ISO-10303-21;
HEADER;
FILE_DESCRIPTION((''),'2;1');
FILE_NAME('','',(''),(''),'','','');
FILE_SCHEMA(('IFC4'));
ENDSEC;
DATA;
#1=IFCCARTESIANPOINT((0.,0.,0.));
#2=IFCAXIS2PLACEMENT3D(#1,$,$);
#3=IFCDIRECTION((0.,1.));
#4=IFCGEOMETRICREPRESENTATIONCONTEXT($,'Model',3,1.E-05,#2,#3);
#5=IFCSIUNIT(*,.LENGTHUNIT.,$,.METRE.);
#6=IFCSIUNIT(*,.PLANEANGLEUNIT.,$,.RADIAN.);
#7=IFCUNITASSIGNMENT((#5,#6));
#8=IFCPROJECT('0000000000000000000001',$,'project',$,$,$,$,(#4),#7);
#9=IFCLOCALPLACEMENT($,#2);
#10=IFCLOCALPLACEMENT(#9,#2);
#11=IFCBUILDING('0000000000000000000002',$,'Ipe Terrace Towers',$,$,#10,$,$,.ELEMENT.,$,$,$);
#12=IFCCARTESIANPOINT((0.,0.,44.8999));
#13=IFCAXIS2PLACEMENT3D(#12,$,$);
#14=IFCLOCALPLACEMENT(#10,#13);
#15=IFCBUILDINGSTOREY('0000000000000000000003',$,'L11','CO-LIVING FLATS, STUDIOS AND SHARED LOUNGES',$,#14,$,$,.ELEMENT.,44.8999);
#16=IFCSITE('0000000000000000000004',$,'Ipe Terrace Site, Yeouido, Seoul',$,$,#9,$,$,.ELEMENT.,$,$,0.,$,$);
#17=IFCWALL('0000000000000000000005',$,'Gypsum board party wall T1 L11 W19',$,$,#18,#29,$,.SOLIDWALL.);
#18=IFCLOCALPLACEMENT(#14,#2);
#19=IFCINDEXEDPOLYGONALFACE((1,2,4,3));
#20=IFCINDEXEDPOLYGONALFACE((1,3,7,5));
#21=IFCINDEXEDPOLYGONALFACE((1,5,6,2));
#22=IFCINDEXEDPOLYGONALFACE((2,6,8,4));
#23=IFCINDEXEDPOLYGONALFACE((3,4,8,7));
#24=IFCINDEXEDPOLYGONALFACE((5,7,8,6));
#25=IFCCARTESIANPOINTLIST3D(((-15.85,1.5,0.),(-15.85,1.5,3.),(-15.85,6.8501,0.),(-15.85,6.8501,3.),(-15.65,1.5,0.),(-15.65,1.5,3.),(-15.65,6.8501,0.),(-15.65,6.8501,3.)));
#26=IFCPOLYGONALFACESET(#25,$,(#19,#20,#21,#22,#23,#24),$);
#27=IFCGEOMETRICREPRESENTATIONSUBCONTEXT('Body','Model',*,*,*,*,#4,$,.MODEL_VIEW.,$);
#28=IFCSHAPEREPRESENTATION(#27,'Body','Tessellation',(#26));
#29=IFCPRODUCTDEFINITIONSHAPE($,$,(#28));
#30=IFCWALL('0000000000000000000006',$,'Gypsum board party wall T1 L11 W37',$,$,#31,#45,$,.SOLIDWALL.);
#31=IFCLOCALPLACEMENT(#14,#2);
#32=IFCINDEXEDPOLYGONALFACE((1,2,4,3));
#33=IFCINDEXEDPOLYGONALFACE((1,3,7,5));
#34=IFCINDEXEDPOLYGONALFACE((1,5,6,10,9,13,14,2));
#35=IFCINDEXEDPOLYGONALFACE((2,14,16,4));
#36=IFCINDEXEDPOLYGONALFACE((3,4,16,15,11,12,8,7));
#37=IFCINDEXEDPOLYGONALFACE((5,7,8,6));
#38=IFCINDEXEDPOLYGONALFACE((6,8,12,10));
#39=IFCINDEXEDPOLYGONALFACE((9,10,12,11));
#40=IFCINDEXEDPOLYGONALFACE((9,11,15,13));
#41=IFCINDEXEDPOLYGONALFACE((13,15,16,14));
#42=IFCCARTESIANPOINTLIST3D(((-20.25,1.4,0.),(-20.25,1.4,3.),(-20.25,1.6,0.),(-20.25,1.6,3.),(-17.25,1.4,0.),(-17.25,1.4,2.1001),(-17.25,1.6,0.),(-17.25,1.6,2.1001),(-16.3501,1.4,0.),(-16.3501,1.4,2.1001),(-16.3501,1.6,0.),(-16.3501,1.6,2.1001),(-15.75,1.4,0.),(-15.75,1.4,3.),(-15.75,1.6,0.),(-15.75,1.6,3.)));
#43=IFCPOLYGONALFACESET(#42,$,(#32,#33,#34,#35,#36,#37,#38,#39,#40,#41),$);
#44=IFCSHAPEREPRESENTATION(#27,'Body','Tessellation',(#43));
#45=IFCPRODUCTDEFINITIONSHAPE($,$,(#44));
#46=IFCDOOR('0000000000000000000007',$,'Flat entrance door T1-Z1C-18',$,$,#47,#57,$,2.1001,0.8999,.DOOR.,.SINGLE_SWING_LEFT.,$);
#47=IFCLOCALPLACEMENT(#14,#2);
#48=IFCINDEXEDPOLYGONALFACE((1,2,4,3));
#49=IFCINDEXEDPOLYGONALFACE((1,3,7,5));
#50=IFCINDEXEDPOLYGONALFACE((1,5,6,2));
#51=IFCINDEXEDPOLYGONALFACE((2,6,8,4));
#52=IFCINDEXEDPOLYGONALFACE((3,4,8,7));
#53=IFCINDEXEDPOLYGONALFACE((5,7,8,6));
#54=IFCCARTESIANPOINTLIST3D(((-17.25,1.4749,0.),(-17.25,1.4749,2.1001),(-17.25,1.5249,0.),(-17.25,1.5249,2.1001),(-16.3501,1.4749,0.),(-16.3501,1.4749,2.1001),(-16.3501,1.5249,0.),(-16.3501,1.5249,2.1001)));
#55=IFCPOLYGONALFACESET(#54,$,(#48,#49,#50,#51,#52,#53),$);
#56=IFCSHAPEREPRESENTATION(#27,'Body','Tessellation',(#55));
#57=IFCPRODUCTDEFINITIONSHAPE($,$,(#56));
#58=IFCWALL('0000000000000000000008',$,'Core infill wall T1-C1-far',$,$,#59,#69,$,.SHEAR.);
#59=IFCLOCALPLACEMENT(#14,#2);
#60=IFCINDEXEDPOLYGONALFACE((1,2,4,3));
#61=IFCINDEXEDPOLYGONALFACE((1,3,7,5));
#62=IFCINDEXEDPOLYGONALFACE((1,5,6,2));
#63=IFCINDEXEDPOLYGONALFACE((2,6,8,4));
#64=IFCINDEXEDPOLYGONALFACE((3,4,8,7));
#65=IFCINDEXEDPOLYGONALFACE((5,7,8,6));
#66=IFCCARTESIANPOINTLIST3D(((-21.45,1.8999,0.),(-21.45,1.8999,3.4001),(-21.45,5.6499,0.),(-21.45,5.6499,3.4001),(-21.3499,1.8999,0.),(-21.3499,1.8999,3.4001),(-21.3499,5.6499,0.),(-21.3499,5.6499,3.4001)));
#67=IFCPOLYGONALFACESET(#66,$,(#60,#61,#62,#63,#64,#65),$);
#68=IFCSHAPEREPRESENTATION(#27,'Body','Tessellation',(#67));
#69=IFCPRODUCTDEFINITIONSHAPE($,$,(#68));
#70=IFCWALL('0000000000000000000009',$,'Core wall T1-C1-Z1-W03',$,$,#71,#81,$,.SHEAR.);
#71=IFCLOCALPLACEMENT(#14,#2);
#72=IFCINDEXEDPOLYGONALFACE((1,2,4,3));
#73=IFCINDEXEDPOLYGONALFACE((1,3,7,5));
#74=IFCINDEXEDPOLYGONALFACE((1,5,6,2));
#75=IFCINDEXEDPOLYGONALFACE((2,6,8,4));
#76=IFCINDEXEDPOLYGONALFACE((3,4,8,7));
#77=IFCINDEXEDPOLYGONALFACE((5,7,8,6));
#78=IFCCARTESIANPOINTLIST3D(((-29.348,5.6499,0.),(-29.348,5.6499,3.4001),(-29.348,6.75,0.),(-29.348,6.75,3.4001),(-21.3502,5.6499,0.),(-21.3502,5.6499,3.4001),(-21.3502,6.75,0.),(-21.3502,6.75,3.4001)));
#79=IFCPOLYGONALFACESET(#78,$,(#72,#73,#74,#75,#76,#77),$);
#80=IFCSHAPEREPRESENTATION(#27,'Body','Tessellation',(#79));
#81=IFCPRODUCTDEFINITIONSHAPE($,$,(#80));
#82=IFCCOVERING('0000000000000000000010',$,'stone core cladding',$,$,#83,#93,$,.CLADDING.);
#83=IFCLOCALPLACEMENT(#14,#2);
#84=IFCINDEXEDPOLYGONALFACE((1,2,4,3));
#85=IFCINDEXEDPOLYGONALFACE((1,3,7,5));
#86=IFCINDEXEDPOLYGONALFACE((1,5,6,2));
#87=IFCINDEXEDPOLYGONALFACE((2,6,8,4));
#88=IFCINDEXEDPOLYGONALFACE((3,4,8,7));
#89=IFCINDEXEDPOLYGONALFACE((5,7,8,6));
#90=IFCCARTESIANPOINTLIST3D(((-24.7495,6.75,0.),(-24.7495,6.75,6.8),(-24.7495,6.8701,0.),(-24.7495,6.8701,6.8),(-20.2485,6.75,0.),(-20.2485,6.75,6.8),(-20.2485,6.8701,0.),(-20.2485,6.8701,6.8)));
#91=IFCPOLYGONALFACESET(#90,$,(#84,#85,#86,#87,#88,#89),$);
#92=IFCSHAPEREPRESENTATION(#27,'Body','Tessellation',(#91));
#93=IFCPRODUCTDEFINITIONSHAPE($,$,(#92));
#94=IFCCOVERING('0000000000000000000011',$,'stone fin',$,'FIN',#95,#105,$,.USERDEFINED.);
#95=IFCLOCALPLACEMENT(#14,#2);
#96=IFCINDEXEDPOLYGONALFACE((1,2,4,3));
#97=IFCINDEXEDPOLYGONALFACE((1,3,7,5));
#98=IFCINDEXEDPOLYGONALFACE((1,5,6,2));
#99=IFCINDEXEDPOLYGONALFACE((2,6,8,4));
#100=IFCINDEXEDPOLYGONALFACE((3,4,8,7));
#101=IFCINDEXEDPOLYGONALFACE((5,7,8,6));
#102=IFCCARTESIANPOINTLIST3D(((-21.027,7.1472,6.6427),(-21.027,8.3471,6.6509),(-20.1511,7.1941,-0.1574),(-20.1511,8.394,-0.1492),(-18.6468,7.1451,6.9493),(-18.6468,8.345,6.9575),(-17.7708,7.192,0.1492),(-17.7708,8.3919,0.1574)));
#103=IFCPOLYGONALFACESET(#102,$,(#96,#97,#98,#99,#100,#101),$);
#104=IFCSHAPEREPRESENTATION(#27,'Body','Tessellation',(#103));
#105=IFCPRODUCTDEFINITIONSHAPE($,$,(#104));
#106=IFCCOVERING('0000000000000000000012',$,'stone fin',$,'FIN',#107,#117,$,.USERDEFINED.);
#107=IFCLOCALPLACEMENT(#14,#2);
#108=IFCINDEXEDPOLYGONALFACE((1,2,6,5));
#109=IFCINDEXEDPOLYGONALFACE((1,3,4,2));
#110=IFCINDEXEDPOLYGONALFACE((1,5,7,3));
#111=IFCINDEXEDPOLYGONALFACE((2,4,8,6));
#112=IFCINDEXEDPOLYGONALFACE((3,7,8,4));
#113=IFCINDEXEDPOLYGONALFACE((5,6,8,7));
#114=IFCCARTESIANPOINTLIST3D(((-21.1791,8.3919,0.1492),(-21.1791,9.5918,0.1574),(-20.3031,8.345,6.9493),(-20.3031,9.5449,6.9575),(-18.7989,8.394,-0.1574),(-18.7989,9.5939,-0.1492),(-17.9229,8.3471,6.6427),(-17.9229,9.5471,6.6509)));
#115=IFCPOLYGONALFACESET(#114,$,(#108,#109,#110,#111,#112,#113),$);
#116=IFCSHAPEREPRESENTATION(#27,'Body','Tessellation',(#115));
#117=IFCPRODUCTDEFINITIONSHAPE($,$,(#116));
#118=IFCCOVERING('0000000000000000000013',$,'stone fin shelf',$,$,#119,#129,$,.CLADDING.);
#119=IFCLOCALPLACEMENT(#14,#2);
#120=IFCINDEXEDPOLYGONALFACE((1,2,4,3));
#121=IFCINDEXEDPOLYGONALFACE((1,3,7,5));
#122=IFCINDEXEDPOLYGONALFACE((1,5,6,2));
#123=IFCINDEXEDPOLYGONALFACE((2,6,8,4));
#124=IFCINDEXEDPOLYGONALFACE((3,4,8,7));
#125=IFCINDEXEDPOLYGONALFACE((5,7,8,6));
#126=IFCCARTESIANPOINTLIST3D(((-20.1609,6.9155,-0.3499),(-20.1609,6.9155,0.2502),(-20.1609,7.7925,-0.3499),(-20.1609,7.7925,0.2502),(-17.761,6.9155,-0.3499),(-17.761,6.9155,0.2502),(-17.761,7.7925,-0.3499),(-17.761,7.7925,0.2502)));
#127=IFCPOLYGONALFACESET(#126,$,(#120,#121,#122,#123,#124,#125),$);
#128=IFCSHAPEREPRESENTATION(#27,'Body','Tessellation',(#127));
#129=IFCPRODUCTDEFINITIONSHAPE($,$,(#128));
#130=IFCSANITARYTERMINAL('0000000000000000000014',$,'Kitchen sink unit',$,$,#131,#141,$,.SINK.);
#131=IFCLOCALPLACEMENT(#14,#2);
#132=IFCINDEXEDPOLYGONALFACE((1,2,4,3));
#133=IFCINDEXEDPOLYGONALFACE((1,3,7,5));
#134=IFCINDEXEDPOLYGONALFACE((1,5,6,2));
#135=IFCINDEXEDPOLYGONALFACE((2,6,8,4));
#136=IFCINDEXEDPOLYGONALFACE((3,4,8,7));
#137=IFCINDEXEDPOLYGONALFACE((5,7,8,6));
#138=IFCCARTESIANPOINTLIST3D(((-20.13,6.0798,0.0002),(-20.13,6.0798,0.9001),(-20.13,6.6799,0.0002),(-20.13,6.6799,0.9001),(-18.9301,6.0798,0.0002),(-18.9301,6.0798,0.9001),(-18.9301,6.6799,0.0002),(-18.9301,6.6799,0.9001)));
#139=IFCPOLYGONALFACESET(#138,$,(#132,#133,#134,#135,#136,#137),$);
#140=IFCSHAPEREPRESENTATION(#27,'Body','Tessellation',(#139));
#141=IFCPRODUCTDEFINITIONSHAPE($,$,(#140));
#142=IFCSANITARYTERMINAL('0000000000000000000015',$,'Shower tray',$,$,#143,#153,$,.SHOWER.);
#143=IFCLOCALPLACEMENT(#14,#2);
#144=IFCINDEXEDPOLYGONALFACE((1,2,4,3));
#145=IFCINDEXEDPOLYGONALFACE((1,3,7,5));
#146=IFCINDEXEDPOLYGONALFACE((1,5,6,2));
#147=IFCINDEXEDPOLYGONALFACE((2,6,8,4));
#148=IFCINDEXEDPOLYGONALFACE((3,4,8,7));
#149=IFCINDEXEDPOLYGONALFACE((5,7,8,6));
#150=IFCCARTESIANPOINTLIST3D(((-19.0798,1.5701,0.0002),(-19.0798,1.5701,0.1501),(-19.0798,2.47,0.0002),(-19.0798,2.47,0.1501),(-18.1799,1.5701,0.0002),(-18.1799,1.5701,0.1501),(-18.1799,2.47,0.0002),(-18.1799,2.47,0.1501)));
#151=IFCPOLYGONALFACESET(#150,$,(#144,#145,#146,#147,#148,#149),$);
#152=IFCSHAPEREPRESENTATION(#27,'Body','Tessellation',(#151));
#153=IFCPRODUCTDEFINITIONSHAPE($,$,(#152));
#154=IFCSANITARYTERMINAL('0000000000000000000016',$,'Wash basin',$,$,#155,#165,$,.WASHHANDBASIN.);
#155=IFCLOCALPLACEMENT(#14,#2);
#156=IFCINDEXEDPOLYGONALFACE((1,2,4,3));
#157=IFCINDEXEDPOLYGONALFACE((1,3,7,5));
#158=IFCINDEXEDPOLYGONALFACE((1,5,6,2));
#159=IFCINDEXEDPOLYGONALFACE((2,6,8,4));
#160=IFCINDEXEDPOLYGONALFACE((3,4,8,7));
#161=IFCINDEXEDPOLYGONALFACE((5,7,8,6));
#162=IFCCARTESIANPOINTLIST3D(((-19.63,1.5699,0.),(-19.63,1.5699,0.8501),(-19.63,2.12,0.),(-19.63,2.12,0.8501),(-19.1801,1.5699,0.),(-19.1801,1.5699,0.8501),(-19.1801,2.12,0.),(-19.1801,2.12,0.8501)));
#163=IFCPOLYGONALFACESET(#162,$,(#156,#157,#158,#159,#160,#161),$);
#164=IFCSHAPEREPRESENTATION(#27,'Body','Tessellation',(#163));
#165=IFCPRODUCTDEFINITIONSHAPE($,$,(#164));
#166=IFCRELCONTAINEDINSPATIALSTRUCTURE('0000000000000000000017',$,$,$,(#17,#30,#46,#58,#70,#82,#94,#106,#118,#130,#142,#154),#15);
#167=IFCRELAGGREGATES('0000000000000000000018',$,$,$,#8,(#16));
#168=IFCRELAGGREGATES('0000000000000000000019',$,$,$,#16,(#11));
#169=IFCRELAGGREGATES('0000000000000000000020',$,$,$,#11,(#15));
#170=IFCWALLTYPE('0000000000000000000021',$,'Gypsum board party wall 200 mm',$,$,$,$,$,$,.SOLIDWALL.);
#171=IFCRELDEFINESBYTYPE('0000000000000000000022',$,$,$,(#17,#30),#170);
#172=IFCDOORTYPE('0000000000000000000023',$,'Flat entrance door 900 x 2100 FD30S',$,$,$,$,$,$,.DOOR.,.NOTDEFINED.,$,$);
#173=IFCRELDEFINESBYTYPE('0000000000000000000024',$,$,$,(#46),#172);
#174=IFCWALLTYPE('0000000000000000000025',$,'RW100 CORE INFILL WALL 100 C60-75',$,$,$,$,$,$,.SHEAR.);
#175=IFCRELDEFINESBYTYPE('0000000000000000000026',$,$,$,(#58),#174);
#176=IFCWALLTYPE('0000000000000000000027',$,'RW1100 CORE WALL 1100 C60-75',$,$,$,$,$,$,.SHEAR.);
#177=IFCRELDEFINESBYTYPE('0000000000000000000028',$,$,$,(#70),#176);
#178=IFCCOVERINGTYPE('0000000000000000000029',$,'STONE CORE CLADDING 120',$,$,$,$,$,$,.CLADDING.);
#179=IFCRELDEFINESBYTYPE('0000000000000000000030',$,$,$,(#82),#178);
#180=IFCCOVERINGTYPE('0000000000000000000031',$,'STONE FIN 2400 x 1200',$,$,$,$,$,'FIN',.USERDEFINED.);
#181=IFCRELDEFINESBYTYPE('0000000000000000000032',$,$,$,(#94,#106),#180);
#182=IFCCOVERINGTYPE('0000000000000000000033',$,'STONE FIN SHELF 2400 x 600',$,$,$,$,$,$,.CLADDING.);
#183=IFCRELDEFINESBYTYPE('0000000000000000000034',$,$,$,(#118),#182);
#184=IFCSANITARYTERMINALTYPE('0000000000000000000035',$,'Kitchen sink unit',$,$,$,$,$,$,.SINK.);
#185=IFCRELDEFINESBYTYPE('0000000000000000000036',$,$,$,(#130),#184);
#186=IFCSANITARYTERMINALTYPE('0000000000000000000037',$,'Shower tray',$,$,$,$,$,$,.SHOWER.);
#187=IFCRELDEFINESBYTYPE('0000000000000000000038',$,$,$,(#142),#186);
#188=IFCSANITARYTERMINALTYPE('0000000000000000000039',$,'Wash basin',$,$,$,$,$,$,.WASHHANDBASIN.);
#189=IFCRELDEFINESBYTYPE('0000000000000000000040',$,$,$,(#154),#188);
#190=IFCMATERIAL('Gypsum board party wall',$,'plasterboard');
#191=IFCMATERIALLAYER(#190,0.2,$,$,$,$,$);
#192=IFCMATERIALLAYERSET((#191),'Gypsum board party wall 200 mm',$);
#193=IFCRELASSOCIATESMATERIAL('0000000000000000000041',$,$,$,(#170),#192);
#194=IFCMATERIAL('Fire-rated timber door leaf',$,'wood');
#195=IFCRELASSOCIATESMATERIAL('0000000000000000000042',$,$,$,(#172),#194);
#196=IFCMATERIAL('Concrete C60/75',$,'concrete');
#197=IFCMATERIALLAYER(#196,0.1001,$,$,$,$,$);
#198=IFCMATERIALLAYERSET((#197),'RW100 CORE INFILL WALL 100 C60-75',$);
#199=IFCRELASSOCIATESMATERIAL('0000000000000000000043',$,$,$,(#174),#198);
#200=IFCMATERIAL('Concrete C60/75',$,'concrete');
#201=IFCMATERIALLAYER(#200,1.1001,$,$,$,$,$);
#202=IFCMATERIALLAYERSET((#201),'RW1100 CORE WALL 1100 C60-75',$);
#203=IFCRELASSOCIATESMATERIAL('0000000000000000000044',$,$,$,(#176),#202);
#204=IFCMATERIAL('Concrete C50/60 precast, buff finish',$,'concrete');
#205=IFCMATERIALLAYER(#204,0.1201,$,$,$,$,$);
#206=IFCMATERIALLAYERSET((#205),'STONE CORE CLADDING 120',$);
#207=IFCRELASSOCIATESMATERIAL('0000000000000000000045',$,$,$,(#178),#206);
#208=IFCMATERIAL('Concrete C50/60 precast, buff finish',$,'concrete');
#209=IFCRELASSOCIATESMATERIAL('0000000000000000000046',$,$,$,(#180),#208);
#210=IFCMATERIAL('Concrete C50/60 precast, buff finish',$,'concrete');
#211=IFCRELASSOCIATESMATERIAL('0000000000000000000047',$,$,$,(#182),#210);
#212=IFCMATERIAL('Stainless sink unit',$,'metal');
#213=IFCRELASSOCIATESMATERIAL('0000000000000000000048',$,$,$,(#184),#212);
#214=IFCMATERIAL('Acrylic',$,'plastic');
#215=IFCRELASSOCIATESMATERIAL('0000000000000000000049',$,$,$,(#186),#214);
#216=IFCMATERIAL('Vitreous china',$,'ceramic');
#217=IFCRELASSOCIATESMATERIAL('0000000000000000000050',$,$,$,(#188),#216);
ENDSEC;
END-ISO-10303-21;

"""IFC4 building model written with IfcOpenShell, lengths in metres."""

from ifc_helpers import new_model, si_unit, direction, frame, frame_2d, origin, origin_2d, place, context, subcontext, project, spatial, rectangle, extrude, material, layer, layer_set, material_profile, profile_set, type_object, element, fill, save


model = new_model("IFC4")

# Units and contexts
model_context = context("Model", 3, precision=1e-05, world=origin(), true_north=direction((0.0, 1.0)))
body_context = subcontext(model_context, "Body", "Model", "MODEL_VIEW")
ifc_project = project(units=[si_unit("LENGTHUNIT", "METRE"), si_unit("PLANEANGLEUNIT", "RADIAN")], contexts=[model_context])

# Site, building, storey
site_placement = place(None, origin())
site = spatial("IfcSite", under=ifc_project, at=site_placement, Name="Ipe Terrace Site, Yeouido, Seoul", CompositionType="ELEMENT", RefElevation=0.0)
building_placement = place(site_placement, origin())
building = spatial("IfcBuilding", under=site, at=building_placement, Name="Ipe Terrace Towers", CompositionType="ELEMENT")
storey_placement = place(building_placement, frame((0.0, 0.0, 44.8999)))
storey = spatial("IfcBuildingStorey", under=building, at=storey_placement, Name="L11", Description="CO-LIVING FLATS, STUDIOS AND SHARED LOUNGES", CompositionType="ELEMENT", Elevation=44.8999)

# Wall
ifc_material_1 = material(Name="Gypsum board party wall", Category="plasterboard")
ifc_layer_1 = layer(ifc_material_1, 0.2)
ifc_layer_set_1 = layer_set([ifc_layer_1], Name="Gypsum board party wall 200 mm")
wall_type_1 = type_object("IfcWallType", Name="Gypsum board party wall 200 mm", PredefinedType="SOLIDWALL", material=ifc_layer_set_1)
wall_1_placement = place(storey_placement, frame((-15.75, 1.5, 0.0), z_axis=(0.0, 0.0, 1.0), x_axis=(0.0, 1.0, 0.0)))
element("IfcWall", 1, at=wall_1_placement, inside=storey, type_object=wall_type_1, Name="Gypsum board party wall T1 L11 W19", PredefinedType="SOLIDWALL", context=body_context, shape_type="SweptSolid", body=[
    extrude(rectangle(XDim=5.3501, YDim=0.2, at=frame_2d((2.675, 0.0))), origin(), (0.0, 0.0, 1.0), 3.0),
])

# Wall, opening, door
wall_2_placement = place(storey_placement, frame((-20.25, 1.5, 0.0), z_axis=(0.0, 0.0, 1.0), x_axis=(1.0, 0.0, 0.0)))
wall_2 = element("IfcWall", 2, at=wall_2_placement, inside=storey, type_object=wall_type_1, Name="Gypsum board party wall T1 L11 W37", PredefinedType="SOLIDWALL", context=body_context, shape_type="SweptSolid", body=[
    extrude(rectangle(XDim=4.5, YDim=0.2, at=frame_2d((2.25, 0.0))), origin(), (0.0, 0.0, 1.0), 3.0),
])
opening_1_placement = place(wall_2_placement, frame((3.0, 0.0, 0.0)))
opening_1 = element("IfcOpeningElement", 3, at=opening_1_placement, cuts=wall_2, PredefinedType="OPENING", context=body_context, shape_type="SweptSolid", body=[
    extrude(rectangle(XDim=0.8999, YDim=2.1001, at=frame_2d((0.45, 1.05))), frame((0.0, 0.1099, 0.0), z_axis=(0.0, -1.0, 0.0), x_axis=(1.0, 0.0, 0.0)), (0.0, 0.0, 1.0), 0.22),
])
ifc_material_2 = material(Name="Fire-rated timber door leaf", Category="wood")
door_type_1 = type_object("IfcDoorType", Name="Flat entrance door 900 x 2100 FD30S", OperationType="NOTDEFINED", PredefinedType="DOOR", material=ifc_material_2)
door_1_placement = place(opening_1_placement, origin())
door_1 = element("IfcDoor", 4, at=door_1_placement, inside=storey, type_object=door_type_1, Name="Flat entrance door T1-Z1C-18", OperationType="SINGLE_SWING_LEFT", OverallHeight=2.1001, OverallWidth=0.8999, PredefinedType="DOOR", context=body_context, shape_type="SweptSolid", body=[
    extrude(rectangle(XDim=0.8999, YDim=2.1001, at=frame_2d((0.45, 1.05))), frame((0.0, 0.0249, 0.0), z_axis=(0.0, -1.0, 0.0), x_axis=(1.0, 0.0, 0.0)), (0.0, 0.0, 1.0), 0.05),
])
fill(opening_1, door_1)

# Walls
ifc_material_3 = material(Name="Concrete C60/75", Category="concrete")
ifc_layer_2 = layer(ifc_material_3, 0.1001)
ifc_layer_set_2 = layer_set([ifc_layer_2], Name="RW100 CORE INFILL WALL 100 C60-75")
wall_type_2 = type_object("IfcWallType", Name="RW100 CORE INFILL WALL 100 C60-75", PredefinedType="SHEAR", material=ifc_layer_set_2)
wall_3_placement = place(storey_placement, frame((-21.3999, 1.8999, 0.0), z_axis=(0.0, 0.0, 1.0), x_axis=(0.0, 1.0, 0.0)))
element("IfcWall", 5, at=wall_3_placement, inside=storey, type_object=wall_type_2, Name="Core infill wall T1-C1-far", PredefinedType="SHEAR", context=body_context, shape_type="SweptSolid", body=[
    extrude(rectangle(XDim=3.75, YDim=0.1001, at=frame_2d((1.875, 0.0))), origin(), (0.0, 0.0, 1.0), 3.4001),
])
ifc_material_4 = material(Name="Concrete C60/75", Category="concrete")
ifc_layer_3 = layer(ifc_material_4, 1.1001)
ifc_layer_set_3 = layer_set([ifc_layer_3], Name="RW1100 CORE WALL 1100 C60-75")
wall_type_3 = type_object("IfcWallType", Name="RW1100 CORE WALL 1100 C60-75", PredefinedType="SHEAR", material=ifc_layer_set_3)
wall_4_placement = place(storey_placement, frame((-21.3501, 6.2, 0.0), z_axis=(0.0, 0.0, 1.0), x_axis=(-1.0, 0.0, 0.0)))
element("IfcWall", 6, at=wall_4_placement, inside=storey, type_object=wall_type_3, Name="Core wall T1-C1-Z1-W03", PredefinedType="SHEAR", context=body_context, shape_type="SweptSolid", body=[
    extrude(rectangle(XDim=7.9978, YDim=1.1001, at=frame_2d((3.999, 0.0))), origin(), (0.0, 0.0, 1.0), 3.4001),
])

# Coverings
ifc_material_5 = material(Name="Concrete C50/60 precast, buff finish", Category="concrete")
ifc_layer_4 = layer(ifc_material_5, 0.1201)
ifc_layer_set_4 = layer_set([ifc_layer_4], Name="STONE CORE CLADDING 120")
covering_type_1 = type_object("IfcCoveringType", Name="STONE CORE CLADDING 120", PredefinedType="CLADDING", material=ifc_layer_set_4)
covering_1_placement = place(storey_placement, frame((-22.499, 6.8101, 0.0), z_axis=(0.0, 0.0, 1.0), x_axis=(-1.0, 0.0, 0.0)))
element("IfcCovering", 7, at=covering_1_placement, inside=storey, type_object=covering_type_1, Name="stone core cladding", PredefinedType="CLADDING", context=body_context, shape_type="SweptSolid", body=[
    extrude(rectangle(XDim=4.501, YDim=0.1201, at=origin_2d()), origin(), (0.0, 0.0, 1.0), 6.8),
])
ifc_material_6 = material(Name="Concrete C50/60 precast, buff finish", Category="concrete")
ifc_material_profile_1 = material_profile(ifc_material_6, rectangle(XDim=2.3999, YDim=1.2, at=origin_2d()), Name="STONE FIN 2400 x 1200")
ifc_profile_set_1 = profile_set([ifc_material_profile_1], Name="Concrete C50/60 precast, buff finish")
covering_type_2 = type_object("IfcCoveringType", Name="STONE FIN 2400 x 1200", ElementType="FIN", PredefinedType="USERDEFINED", material=ifc_profile_set_1)
for number, where, z_axis, x_axis, name in (
    (8, (-18.9609, 7.793, 0.0), (-0.12776, -0.006837, 0.991781), (-0.991805, 0.000881, -0.127757), "stone fin"),
    (9, (-19.989, 8.9929, 0.0), (0.12776, -0.006837, 0.991781), (-0.991805, -0.000881, 0.127757), "stone fin"),
):
    element("IfcCovering", number, at=place(storey_placement, frame(where, z_axis=z_axis, x_axis=x_axis)), inside=storey, type_object=covering_type_2, Name=name, ObjectType="FIN", PredefinedType="USERDEFINED", context=body_context, shape_type="SweptSolid", body=[
        extrude(rectangle(XDim=2.3999, YDim=1.2, at=origin_2d()), origin(), (0.0, 0.0, 1.0), 6.8564),
    ])
ifc_material_7 = material(Name="Concrete C50/60 precast, buff finish", Category="concrete")
covering_type_3 = type_object("IfcCoveringType", Name="STONE FIN SHELF 2400 x 600", PredefinedType="CLADDING", material=ifc_material_7)
covering_2_placement = place(storey_placement, frame((-18.9609, 7.354, -0.3499), z_axis=(0.0, 0.0, 1.0), x_axis=(-1.0, 0.0, 0.0)))
element("IfcCovering", 10, at=covering_2_placement, inside=storey, type_object=covering_type_3, Name="stone fin shelf", PredefinedType="CLADDING", context=body_context, shape_type="SweptSolid", body=[
    extrude(rectangle(XDim=2.3999, YDim=0.877, at=origin_2d()), origin(), (0.0, 0.0, 1.0), 0.6001),
])

# Sanitary terminals
ifc_material_8 = material(Name="Stainless sink unit", Category="metal")
sanitary_terminal_type_1 = type_object("IfcSanitaryTerminalType", Name="Kitchen sink unit", PredefinedType="SINK", material=ifc_material_8)
sanitary_terminal_1_placement = place(storey_placement, frame((-19.53, 6.3799, 0.0002), z_axis=(0.0, 0.0, 1.0), x_axis=(1.0, 0.0, 0.0)))
element("IfcSanitaryTerminal", 11, at=sanitary_terminal_1_placement, inside=storey, type_object=sanitary_terminal_type_1, Name="Kitchen sink unit", PredefinedType="SINK", context=body_context, shape_type="SweptSolid", body=[
    extrude(rectangle(XDim=1.2, YDim=0.6001, at=origin_2d()), origin(), (0.0, 0.0, 1.0), 0.8999),
])
ifc_material_9 = material(Name="Acrylic", Category="plastic")
sanitary_terminal_type_2 = type_object("IfcSanitaryTerminalType", Name="Shower tray", PredefinedType="SHOWER", material=ifc_material_9)
sanitary_terminal_2_placement = place(storey_placement, frame((-18.6299, 2.02, 0.0002), z_axis=(0.0, 0.0, 1.0), x_axis=(0.0, 1.0, 0.0)))
element("IfcSanitaryTerminal", 12, at=sanitary_terminal_2_placement, inside=storey, type_object=sanitary_terminal_type_2, Name="Shower tray", PredefinedType="SHOWER", context=body_context, shape_type="SweptSolid", body=[
    extrude(rectangle(XDim=0.8999, YDim=0.8999, at=origin_2d()), origin(), (0.0, 0.0, 1.0), 0.1499),
])
ifc_material_10 = material(Name="Vitreous china", Category="ceramic")
sanitary_terminal_type_3 = type_object("IfcSanitaryTerminalType", Name="Wash basin", PredefinedType="WASHHANDBASIN", material=ifc_material_10)
sanitary_terminal_3_placement = place(storey_placement, frame((-19.405, 1.845, 0.0), z_axis=(0.0, 0.0, 1.0), x_axis=(0.0, 1.0, 0.0)))
element("IfcSanitaryTerminal", 13, at=sanitary_terminal_3_placement, inside=storey, type_object=sanitary_terminal_type_3, Name="Wash basin", PredefinedType="WASHHANDBASIN", context=body_context, shape_type="SweptSolid", body=[
    extrude(rectangle(XDim=0.55, YDim=0.45, at=origin_2d()), origin(), (0.0, 0.0, 1.0), 0.8501),
])

save(model, "model.ifc")
